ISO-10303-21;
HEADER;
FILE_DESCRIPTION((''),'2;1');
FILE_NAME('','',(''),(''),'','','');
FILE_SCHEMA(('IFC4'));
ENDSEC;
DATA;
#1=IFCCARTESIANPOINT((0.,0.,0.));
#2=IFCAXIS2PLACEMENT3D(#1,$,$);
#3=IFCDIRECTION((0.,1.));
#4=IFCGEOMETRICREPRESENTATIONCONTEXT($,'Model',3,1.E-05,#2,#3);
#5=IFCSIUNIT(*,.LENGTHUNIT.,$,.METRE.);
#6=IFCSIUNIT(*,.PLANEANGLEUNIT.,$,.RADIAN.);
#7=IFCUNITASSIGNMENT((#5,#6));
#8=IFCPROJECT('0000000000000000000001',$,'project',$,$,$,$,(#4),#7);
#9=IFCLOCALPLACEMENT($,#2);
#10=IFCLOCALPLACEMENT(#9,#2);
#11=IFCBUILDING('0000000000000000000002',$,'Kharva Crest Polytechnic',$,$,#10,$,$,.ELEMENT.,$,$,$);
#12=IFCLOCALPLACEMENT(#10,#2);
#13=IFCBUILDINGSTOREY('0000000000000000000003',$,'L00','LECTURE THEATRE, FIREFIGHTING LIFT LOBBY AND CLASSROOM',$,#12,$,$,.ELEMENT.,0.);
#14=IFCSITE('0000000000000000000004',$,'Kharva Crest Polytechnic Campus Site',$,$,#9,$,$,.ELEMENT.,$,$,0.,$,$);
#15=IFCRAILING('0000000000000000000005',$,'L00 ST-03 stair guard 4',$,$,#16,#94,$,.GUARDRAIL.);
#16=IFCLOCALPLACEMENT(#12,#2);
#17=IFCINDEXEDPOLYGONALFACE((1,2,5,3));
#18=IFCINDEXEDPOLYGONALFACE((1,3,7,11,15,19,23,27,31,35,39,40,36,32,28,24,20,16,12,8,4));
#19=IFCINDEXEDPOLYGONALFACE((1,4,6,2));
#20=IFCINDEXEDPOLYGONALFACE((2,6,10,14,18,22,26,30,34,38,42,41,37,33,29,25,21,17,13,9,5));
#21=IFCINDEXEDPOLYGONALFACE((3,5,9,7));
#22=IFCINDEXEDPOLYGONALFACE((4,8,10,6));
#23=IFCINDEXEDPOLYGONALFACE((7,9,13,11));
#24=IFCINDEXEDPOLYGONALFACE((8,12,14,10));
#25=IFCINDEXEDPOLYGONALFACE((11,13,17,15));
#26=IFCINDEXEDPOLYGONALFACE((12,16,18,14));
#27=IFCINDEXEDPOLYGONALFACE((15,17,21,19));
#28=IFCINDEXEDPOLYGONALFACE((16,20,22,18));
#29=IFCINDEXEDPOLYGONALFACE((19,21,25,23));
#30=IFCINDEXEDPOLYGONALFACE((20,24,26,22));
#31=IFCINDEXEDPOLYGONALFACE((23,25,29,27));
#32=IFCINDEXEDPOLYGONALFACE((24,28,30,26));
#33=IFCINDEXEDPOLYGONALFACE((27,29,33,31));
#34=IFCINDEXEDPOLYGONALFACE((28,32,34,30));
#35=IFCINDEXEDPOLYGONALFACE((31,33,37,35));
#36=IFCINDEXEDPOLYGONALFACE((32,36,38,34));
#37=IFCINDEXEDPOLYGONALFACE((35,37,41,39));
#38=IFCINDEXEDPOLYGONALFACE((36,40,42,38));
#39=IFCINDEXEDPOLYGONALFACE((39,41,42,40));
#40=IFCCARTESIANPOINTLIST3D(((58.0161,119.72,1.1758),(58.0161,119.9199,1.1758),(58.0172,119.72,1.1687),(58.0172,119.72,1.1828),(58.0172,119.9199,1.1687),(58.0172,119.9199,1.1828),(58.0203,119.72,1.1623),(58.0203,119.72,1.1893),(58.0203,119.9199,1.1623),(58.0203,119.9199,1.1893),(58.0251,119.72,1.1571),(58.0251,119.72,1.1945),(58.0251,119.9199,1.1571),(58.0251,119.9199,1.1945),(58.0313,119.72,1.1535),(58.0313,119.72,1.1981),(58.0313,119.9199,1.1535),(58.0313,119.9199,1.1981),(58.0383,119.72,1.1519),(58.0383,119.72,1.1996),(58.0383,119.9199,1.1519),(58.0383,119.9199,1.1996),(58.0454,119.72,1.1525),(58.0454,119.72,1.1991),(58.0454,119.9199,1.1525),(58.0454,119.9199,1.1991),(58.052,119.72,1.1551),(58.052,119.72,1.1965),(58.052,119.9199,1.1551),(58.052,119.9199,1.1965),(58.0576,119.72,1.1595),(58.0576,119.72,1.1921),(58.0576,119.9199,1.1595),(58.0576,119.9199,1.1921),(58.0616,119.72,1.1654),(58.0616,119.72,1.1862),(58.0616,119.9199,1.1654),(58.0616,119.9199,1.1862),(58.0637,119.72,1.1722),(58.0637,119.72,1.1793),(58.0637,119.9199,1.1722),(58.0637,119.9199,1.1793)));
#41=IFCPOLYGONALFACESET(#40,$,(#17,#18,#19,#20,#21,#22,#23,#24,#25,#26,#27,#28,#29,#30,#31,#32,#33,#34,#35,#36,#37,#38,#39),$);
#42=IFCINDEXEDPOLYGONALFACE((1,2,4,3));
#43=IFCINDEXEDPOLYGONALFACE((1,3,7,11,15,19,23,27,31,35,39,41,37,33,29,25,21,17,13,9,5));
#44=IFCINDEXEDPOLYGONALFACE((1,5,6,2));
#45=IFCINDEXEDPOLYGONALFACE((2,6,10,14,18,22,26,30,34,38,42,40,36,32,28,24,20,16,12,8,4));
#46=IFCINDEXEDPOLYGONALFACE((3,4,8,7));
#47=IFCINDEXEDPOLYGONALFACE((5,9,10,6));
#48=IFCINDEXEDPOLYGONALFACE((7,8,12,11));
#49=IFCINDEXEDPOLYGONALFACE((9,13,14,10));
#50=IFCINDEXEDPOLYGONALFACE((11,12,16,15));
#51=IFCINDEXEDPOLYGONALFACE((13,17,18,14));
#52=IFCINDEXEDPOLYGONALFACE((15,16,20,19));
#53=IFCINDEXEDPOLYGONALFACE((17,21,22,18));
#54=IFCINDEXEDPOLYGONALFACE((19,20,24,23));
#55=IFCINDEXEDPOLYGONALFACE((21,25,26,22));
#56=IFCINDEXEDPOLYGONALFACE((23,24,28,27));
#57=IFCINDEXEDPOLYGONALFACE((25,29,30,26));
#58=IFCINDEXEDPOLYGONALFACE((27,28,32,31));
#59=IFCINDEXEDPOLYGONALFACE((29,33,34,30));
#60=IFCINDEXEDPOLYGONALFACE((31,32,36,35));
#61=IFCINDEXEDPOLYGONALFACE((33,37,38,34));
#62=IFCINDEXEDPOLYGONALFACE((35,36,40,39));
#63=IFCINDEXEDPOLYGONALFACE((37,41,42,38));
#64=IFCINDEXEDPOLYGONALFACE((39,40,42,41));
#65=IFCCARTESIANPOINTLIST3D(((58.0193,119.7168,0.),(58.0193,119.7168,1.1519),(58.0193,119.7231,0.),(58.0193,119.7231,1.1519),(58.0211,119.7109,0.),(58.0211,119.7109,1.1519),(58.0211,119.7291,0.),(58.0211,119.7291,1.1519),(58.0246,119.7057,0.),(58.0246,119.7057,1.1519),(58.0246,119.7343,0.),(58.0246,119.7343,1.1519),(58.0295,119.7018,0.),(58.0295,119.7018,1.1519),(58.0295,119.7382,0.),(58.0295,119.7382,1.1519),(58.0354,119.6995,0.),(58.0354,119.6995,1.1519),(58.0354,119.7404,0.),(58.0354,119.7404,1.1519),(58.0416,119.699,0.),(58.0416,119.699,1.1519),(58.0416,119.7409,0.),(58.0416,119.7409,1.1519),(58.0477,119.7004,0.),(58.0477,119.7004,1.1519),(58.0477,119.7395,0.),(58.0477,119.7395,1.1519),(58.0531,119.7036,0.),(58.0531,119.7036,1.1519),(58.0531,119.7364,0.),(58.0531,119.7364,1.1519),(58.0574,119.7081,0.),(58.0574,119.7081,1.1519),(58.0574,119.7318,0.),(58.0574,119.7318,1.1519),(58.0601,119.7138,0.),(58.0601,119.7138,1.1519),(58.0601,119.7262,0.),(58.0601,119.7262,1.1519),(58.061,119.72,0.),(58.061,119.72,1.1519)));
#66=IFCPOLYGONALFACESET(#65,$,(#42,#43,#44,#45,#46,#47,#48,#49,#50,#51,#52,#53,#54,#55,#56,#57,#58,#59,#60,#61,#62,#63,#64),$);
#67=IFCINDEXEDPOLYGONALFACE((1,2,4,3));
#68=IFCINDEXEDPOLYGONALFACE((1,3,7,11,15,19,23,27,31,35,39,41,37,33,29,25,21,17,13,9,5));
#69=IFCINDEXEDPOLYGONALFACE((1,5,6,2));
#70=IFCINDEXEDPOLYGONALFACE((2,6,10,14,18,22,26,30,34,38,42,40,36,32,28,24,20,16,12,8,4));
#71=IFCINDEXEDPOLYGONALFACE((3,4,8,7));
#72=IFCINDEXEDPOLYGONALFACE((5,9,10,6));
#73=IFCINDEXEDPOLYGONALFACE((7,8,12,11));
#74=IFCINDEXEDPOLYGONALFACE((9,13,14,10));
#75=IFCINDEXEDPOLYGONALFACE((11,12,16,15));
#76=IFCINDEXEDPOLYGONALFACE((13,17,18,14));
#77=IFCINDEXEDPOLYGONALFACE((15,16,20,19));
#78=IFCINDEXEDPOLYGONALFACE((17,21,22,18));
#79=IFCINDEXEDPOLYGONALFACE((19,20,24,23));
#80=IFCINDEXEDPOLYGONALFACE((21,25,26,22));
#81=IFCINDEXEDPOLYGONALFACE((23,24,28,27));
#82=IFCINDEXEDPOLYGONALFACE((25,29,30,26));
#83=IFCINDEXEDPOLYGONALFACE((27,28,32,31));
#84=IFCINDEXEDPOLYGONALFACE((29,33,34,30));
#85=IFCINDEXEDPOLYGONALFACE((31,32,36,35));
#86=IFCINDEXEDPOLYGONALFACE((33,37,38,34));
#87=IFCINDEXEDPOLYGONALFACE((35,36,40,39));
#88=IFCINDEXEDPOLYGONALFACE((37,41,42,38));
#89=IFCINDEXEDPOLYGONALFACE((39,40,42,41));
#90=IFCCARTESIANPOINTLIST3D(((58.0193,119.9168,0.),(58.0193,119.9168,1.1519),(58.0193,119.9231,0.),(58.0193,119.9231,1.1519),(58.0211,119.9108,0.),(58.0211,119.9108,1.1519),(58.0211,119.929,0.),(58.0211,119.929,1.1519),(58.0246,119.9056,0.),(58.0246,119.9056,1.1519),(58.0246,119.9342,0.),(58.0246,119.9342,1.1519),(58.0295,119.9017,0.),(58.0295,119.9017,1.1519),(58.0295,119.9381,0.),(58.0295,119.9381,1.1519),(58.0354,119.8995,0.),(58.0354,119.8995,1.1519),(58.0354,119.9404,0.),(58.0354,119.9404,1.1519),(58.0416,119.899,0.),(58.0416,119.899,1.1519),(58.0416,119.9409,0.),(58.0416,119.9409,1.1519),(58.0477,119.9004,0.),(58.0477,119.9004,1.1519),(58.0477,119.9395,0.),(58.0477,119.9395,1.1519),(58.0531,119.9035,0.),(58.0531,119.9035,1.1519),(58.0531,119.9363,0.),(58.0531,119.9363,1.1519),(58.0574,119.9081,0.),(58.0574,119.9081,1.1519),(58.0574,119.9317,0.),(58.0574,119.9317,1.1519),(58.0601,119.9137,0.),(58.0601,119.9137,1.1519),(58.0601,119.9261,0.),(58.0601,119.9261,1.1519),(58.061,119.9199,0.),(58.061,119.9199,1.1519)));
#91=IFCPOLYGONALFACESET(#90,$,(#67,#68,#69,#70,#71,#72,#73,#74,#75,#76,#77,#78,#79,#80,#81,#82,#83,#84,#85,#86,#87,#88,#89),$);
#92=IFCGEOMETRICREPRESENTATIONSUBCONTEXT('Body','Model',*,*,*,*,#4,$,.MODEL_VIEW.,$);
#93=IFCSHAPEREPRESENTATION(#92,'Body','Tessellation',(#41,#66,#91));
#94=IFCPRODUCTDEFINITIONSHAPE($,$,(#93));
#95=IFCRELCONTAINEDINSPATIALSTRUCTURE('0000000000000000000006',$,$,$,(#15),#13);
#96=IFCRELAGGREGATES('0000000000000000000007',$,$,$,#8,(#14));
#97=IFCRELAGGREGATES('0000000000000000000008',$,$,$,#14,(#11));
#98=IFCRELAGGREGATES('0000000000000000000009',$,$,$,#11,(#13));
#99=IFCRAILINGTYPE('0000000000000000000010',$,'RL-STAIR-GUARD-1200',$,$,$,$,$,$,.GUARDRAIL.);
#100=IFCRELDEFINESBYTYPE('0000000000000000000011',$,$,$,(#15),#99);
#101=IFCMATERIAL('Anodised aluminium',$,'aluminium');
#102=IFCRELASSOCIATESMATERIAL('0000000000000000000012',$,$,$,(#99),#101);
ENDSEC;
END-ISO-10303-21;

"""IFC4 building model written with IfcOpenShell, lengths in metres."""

from ifc_helpers import new_model, si_unit, direction, frame, origin, origin_2d, place, context, subcontext, project, spatial, circle, extrude, material, type_object, element, save


model = new_model("IFC4")

# Units and contexts
model_context = context("Model", 3, precision=1e-05, world=origin(), true_north=direction((0.0, 1.0)))
body_context = subcontext(model_context, "Body", "Model", "MODEL_VIEW")
ifc_project = project(units=[si_unit("LENGTHUNIT", "METRE"), si_unit("PLANEANGLEUNIT", "RADIAN")], contexts=[model_context])

# Site, building, storey
site_placement = place(None, origin())
site = spatial("IfcSite", under=ifc_project, at=site_placement, Name="Kharva Crest Polytechnic Campus Site", CompositionType="ELEMENT", RefElevation=0.0)
building_placement = place(site_placement, origin())
building = spatial("IfcBuilding", under=site, at=building_placement, Name="Kharva Crest Polytechnic", CompositionType="ELEMENT")
storey_placement = place(building_placement, origin())
storey = spatial("IfcBuildingStorey", under=building, at=storey_placement, Name="L00", Description="LECTURE THEATRE, FIREFIGHTING LIFT LOBBY AND CLASSROOM", CompositionType="ELEMENT", Elevation=0.0)

# Railing
ifc_material_1 = material(Name="Anodised aluminium", Category="aluminium")
railing_type_1 = type_object("IfcRailingType", Name="RL-STAIR-GUARD-1200", PredefinedType="GUARDRAIL", material=ifc_material_1)
railing_1_placement = place(storey_placement, frame((58.04, 119.72, 0.0)))
element("IfcRailing", 1, at=railing_1_placement, inside=storey, type_object=railing_type_1, Name="L00 ST-03 stair guard 4", PredefinedType="GUARDRAIL", context=body_context, shape_type="SweptSolid", body=[
    extrude(circle(Radius=0.0239, at=origin_2d()), frame((0.0, 0.0, 1.1758), z_axis=(0.0, 1.0, 0.0), x_axis=(-1.0, 0.0, 0.0)), (0.0, 0.0, 1.0), 0.2),
    extrude(circle(Radius=0.021, at=origin_2d()), origin(), (0.0, 0.0, 1.0), 1.1519),
    extrude(circle(Radius=0.021, at=origin_2d()), frame((0.0, 0.2, 0.0)), (0.0, 0.0, 1.0), 1.1519),
])

save(model, "model.ifc")
